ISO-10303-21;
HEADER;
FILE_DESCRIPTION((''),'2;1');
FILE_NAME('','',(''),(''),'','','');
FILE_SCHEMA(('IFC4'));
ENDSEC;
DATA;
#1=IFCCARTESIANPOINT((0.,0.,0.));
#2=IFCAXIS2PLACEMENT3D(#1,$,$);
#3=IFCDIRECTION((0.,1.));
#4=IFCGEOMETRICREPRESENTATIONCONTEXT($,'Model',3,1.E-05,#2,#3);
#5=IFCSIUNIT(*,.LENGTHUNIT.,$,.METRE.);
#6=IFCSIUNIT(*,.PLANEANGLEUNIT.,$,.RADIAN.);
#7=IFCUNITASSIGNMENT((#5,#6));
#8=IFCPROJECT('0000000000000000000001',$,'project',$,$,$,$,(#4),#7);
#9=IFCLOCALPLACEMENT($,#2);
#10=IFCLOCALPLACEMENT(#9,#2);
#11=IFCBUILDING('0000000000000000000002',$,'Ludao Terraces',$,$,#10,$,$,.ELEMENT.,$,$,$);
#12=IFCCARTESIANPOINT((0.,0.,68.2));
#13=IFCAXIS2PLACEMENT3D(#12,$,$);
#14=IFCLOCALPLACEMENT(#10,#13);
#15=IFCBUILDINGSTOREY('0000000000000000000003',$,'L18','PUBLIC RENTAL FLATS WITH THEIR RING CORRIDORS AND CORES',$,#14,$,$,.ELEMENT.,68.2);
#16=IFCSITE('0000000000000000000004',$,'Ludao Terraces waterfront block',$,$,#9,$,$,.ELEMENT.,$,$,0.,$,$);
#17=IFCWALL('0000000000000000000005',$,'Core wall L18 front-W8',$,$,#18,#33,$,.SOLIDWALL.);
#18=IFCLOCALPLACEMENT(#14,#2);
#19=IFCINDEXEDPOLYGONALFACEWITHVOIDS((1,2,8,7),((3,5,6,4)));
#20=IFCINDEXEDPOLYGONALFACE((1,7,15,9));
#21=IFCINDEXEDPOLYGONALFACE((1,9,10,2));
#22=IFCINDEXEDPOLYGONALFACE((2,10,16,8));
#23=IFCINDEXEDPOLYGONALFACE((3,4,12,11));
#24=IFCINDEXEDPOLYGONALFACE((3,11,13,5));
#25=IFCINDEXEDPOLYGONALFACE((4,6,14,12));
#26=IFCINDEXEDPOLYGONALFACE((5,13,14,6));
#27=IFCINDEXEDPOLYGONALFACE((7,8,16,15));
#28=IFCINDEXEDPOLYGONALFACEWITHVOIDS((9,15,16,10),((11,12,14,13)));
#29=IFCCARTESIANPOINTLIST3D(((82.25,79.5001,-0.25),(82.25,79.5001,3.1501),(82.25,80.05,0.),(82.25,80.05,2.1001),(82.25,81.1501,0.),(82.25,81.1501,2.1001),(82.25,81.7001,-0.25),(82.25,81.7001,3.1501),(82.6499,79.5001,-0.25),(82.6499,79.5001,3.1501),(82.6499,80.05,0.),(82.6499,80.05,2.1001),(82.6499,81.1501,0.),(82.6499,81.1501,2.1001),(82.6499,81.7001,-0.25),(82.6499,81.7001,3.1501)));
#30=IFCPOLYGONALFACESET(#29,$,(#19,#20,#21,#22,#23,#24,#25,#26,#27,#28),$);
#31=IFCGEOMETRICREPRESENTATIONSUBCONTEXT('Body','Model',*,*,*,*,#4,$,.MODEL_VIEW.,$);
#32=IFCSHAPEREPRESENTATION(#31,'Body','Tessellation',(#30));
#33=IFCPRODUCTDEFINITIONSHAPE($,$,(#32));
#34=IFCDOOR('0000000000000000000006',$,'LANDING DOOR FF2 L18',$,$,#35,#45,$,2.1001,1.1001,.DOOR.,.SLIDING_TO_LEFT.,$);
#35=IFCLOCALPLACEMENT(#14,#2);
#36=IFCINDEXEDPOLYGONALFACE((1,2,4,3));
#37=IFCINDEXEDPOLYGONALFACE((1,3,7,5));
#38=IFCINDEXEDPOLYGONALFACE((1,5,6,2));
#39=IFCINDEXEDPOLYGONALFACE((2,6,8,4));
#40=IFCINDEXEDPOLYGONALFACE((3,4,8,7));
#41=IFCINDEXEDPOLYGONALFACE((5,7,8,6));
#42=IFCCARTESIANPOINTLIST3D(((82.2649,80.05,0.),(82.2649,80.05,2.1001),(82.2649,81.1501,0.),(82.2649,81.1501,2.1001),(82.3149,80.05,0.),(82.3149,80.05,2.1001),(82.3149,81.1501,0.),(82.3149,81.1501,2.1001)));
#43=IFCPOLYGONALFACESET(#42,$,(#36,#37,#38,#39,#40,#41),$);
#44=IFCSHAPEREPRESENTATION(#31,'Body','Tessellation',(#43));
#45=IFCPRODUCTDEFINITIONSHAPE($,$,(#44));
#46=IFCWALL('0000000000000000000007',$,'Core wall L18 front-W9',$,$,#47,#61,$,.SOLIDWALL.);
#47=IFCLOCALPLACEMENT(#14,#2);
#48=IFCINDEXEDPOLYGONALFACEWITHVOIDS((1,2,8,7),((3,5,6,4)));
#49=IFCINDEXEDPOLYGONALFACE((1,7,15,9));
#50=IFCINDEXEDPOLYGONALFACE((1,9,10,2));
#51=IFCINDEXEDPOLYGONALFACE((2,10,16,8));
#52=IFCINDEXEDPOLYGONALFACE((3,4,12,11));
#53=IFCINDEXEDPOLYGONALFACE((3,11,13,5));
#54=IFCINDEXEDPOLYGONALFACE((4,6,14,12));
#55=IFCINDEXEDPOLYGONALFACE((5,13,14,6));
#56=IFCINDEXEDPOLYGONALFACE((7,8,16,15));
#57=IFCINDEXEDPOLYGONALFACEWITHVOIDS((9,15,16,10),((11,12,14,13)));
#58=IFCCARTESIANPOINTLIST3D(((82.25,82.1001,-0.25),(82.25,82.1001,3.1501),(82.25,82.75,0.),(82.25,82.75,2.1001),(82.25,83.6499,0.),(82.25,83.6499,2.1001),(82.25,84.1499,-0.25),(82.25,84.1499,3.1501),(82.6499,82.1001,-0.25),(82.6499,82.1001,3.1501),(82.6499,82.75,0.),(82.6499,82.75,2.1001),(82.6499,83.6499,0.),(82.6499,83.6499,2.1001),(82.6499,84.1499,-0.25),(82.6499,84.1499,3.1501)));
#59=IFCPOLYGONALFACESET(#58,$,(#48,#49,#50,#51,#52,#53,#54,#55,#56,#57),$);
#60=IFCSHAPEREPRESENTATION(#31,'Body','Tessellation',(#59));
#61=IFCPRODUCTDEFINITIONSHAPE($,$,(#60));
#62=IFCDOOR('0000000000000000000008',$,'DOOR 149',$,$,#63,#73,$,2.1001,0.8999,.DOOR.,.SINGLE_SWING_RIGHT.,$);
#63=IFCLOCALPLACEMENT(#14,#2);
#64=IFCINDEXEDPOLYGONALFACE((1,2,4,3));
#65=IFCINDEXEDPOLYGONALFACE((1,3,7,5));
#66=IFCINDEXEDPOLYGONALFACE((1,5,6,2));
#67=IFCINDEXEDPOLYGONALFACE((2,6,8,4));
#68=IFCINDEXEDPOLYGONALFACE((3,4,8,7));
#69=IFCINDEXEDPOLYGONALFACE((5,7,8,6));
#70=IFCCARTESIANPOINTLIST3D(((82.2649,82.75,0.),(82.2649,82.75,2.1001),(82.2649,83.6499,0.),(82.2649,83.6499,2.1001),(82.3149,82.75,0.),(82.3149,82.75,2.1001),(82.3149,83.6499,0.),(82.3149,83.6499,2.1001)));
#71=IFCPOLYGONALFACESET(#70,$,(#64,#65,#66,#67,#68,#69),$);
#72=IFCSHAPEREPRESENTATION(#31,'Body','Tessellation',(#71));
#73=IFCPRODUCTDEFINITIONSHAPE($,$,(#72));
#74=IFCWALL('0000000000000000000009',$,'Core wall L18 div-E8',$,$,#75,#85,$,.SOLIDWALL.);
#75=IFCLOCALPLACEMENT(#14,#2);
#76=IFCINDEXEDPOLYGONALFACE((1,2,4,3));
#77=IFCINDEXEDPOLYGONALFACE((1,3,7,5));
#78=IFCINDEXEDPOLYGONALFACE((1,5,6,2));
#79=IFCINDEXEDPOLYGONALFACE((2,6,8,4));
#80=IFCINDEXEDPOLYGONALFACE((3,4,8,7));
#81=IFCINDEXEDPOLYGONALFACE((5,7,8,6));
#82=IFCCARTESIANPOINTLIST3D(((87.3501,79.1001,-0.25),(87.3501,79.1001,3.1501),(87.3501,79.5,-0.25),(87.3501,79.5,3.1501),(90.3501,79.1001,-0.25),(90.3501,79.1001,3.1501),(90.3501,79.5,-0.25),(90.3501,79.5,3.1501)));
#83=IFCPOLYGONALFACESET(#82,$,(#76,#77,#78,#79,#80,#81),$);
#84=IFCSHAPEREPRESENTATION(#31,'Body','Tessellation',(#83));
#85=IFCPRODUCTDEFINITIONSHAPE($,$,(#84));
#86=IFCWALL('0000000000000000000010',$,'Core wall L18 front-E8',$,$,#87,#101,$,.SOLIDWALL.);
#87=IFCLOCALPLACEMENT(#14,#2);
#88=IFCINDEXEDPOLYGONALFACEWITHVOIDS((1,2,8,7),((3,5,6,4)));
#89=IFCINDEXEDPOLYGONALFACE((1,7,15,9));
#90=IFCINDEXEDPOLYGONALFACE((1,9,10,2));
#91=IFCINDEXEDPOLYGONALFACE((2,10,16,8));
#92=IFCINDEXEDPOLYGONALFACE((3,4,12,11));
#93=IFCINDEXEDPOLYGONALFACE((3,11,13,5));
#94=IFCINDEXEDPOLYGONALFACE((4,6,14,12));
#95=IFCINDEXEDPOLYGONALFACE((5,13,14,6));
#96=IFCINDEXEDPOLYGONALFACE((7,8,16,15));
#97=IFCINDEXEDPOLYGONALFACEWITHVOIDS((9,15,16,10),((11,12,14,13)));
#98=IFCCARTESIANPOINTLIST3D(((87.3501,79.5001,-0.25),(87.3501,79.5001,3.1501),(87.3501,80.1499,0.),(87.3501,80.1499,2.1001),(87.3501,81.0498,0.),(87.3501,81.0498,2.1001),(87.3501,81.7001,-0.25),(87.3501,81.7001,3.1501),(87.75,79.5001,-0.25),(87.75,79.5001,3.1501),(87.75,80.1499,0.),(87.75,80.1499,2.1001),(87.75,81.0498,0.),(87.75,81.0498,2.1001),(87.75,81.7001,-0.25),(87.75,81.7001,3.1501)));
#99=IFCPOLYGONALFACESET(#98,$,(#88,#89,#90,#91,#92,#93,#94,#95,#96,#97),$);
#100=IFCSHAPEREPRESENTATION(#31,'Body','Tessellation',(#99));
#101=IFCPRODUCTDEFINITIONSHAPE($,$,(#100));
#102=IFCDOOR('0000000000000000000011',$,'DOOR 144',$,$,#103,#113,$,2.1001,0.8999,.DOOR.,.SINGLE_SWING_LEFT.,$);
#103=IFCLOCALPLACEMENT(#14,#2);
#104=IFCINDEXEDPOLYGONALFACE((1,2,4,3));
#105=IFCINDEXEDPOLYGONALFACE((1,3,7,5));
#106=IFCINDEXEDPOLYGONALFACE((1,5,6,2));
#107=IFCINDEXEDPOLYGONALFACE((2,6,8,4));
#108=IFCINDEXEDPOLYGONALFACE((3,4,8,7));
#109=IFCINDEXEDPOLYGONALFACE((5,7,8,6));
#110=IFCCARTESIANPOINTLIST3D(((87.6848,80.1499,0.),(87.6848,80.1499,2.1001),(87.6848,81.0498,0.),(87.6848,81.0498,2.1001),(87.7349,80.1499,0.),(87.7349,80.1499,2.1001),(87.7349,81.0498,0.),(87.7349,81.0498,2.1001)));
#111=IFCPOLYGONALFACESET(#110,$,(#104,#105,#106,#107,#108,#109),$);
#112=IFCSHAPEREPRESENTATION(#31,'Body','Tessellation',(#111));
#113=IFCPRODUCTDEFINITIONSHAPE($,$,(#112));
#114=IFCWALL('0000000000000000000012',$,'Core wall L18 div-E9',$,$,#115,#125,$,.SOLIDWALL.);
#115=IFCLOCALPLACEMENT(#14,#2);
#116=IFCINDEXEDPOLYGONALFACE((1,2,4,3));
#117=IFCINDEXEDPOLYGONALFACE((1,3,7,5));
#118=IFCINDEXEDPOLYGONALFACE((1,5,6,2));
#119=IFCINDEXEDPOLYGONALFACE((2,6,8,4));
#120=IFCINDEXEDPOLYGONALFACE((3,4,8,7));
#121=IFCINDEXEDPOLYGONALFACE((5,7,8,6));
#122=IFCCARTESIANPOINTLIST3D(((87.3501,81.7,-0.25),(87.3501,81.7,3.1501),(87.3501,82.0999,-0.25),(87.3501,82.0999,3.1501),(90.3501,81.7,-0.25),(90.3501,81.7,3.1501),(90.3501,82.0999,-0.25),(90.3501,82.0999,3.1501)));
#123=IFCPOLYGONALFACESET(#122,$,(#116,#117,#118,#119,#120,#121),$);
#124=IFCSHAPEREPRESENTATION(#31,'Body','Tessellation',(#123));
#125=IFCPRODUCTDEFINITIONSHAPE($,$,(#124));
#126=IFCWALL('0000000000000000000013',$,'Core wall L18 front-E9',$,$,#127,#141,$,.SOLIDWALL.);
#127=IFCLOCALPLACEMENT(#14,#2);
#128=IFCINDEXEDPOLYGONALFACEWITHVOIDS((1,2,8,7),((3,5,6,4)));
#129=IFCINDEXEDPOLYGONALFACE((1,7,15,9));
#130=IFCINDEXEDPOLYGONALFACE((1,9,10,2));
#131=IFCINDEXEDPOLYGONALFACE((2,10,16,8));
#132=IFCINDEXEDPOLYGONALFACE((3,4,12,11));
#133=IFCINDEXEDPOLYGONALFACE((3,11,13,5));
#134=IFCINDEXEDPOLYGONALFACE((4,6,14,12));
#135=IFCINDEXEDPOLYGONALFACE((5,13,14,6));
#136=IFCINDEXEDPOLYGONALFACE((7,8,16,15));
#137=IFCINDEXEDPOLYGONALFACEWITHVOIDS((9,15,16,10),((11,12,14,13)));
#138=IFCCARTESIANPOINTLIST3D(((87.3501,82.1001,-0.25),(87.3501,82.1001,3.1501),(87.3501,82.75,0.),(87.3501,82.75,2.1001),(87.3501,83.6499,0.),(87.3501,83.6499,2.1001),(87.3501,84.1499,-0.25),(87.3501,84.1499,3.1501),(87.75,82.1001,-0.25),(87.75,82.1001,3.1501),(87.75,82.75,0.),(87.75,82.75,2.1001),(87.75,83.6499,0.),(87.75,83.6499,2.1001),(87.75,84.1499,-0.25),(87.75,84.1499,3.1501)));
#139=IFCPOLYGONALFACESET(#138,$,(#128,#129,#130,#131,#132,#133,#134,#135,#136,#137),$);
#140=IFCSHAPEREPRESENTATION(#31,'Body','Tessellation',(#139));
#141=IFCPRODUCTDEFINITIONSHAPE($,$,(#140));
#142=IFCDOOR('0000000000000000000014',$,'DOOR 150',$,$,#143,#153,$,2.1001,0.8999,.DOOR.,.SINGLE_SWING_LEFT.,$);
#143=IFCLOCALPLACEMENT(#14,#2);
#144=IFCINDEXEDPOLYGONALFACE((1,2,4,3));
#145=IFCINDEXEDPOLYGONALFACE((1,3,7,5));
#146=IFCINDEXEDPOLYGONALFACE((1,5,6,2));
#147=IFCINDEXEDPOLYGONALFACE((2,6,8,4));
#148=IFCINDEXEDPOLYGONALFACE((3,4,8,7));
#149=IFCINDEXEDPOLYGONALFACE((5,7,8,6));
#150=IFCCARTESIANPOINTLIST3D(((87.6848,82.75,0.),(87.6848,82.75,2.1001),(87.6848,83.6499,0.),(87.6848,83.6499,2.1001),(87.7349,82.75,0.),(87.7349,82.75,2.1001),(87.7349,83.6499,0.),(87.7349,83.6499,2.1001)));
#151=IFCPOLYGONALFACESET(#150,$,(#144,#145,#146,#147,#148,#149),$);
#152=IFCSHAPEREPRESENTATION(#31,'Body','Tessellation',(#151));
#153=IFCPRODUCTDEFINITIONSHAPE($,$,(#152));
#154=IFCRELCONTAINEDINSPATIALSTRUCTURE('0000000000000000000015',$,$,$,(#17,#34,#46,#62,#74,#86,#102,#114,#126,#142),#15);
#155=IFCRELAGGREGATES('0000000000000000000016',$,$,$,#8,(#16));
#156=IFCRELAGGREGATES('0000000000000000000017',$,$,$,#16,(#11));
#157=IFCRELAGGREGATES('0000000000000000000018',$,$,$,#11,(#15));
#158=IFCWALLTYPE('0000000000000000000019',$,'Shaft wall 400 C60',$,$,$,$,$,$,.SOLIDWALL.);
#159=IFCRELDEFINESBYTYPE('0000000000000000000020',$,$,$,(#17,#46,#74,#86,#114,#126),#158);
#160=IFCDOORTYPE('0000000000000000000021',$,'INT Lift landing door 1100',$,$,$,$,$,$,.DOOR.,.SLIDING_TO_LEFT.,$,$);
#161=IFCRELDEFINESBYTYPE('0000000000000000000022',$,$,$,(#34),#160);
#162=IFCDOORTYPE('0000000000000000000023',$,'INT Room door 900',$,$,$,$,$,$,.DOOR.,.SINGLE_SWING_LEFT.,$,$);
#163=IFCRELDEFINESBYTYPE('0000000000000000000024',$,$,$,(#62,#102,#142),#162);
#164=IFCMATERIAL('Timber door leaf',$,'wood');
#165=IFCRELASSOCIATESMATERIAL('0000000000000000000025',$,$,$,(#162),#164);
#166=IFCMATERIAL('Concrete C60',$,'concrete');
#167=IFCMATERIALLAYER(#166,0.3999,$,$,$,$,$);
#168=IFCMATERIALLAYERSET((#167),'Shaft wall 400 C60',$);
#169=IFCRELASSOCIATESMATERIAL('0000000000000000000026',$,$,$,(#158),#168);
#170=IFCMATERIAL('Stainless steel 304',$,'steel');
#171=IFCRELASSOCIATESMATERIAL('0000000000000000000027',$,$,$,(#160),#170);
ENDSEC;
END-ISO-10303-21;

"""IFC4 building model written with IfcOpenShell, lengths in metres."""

from ifc_helpers import new_model, si_unit, direction, frame, frame_2d, origin, place, context, subcontext, project, spatial, rectangle, extrude, material, layer, layer_set, type_object, element, fill, save


model = new_model("IFC4")

# Units and contexts
model_context = context("Model", 3, precision=1e-05, world=origin(), true_north=direction((0.0, 1.0)))
body_context = subcontext(model_context, "Body", "Model", "MODEL_VIEW")
ifc_project = project(units=[si_unit("LENGTHUNIT", "METRE"), si_unit("PLANEANGLEUNIT", "RADIAN")], contexts=[model_context])

# Site, building, storey
site_placement = place(None, origin())
site = spatial("IfcSite", under=ifc_project, at=site_placement, Name="Ludao Terraces waterfront block", CompositionType="ELEMENT", RefElevation=0.0)
building_placement = place(site_placement, origin())
building = spatial("IfcBuilding", under=site, at=building_placement, Name="Ludao Terraces", CompositionType="ELEMENT")
storey_placement = place(building_placement, frame((0.0, 0.0, 68.2)))
storey = spatial("IfcBuildingStorey", under=building, at=storey_placement, Name="L18", Description="PUBLIC RENTAL FLATS WITH THEIR RING CORRIDORS AND CORES", CompositionType="ELEMENT", Elevation=68.2)

# Shared definitions
ifc_material_1 = material(Name="Timber door leaf", Category="wood")
door_type_1 = type_object("IfcDoorType", Name="INT Room door 900", OperationType="SINGLE_SWING_LEFT", PredefinedType="DOOR", material=ifc_material_1)

# Walls, openings, doors
ifc_material_2 = material(Name="Concrete C60", Category="concrete")
ifc_layer_1 = layer(ifc_material_2, 0.3999)
ifc_layer_set_1 = layer_set([ifc_layer_1], Name="Shaft wall 400 C60")
wall_type_1 = type_object("IfcWallType", Name="Shaft wall 400 C60", PredefinedType="SOLIDWALL", material=ifc_layer_set_1)
wall_1_placement = place(storey_placement, frame((82.45, 79.5, -0.25), z_axis=(0.0, 0.0, 1.0), x_axis=(0.0, 1.0, 0.0)))
wall_1 = element("IfcWall", 1, at=wall_1_placement, inside=storey, type_object=wall_type_1, Name="Core wall L18 front-W8", PredefinedType="SOLIDWALL", context=body_context, shape_type="SweptSolid", body=[
    extrude(rectangle(XDim=2.2, YDim=0.3999, at=frame_2d((1.1001, 0.0))), origin(), (0.0, 0.0, 1.0), 3.4001),
])
opening_1_placement = place(wall_1_placement, frame((0.55, 0.0, 0.25)))
opening_1 = element("IfcOpeningElement", 2, at=opening_1_placement, cuts=wall_1, PredefinedType="OPENING", context=body_context, shape_type="SweptSolid", body=[
    extrude(rectangle(XDim=1.1001, YDim=2.1001, at=frame_2d((0.55, 1.05))), frame((0.0, 0.21, 0.0), z_axis=(0.0, -1.0, 0.0), x_axis=(1.0, 0.0, 0.0)), (0.0, 0.0, 1.0), 0.4199),
])
ifc_material_3 = material(Name="Stainless steel 304", Category="steel")
door_type_2 = type_object("IfcDoorType", Name="INT Lift landing door 1100", OperationType="SLIDING_TO_LEFT", PredefinedType="DOOR", material=ifc_material_3)
door_1_placement = place(opening_1_placement, origin())
door_1 = element("IfcDoor", 3, at=door_1_placement, inside=storey, type_object=door_type_2, Name="LANDING DOOR FF2 L18", OperationType="SLIDING_TO_LEFT", OverallHeight=2.1001, OverallWidth=1.1001, PredefinedType="DOOR", context=body_context, shape_type="SweptSolid", body=[
    extrude(rectangle(XDim=1.1001, YDim=2.1001, at=frame_2d((0.55, 1.05))), frame((0.0, 0.1851, 0.0), z_axis=(0.0, -1.0, 0.0), x_axis=(1.0, 0.0, 0.0)), (0.0, 0.0, 1.0), 0.05),
])
fill(opening_1, door_1)
wall_2_placement = place(storey_placement, frame((82.45, 82.1001, -0.25), z_axis=(0.0, 0.0, 1.0), x_axis=(0.0, 1.0, 0.0)))
wall_2 = element("IfcWall", 4, at=wall_2_placement, inside=storey, type_object=wall_type_1, Name="Core wall L18 front-W9", PredefinedType="SOLIDWALL", context=body_context, shape_type="SweptSolid", body=[
    extrude(rectangle(XDim=2.0498, YDim=0.3999, at=frame_2d((1.0249, 0.0))), origin(), (0.0, 0.0, 1.0), 3.4001),
])
opening_2_placement = place(wall_2_placement, frame((0.6499, 0.0, 0.25)))
opening_2 = element("IfcOpeningElement", 5, at=opening_2_placement, cuts=wall_2, PredefinedType="OPENING", context=body_context, shape_type="SweptSolid", body=[
    extrude(rectangle(XDim=0.8999, YDim=2.1001, at=frame_2d((0.45, 1.05))), frame((0.0, 0.21, 0.0), z_axis=(0.0, -1.0, 0.0), x_axis=(1.0, 0.0, 0.0)), (0.0, 0.0, 1.0), 0.4199),
])
door_2_placement = place(opening_2_placement, origin())
door_2 = element("IfcDoor", 6, at=door_2_placement, inside=storey, type_object=door_type_1, Name="DOOR 149", OperationType="SINGLE_SWING_RIGHT", OverallHeight=2.1001, OverallWidth=0.8999, PredefinedType="DOOR", context=body_context, shape_type="SweptSolid", body=[
    extrude(rectangle(XDim=0.8999, YDim=2.1001, at=frame_2d((0.45, 1.05))), frame((0.0, 0.1851, 0.0), z_axis=(0.0, -1.0, 0.0), x_axis=(1.0, 0.0, 0.0)), (0.0, 0.0, 1.0), 0.05),
])
fill(opening_2, door_2)

# Wall
wall_3_placement = place(storey_placement, frame((87.3501, 79.3, -0.25), z_axis=(0.0, 0.0, 1.0), x_axis=(1.0, 0.0, 0.0)))
element("IfcWall", 7, at=wall_3_placement, inside=storey, type_object=wall_type_1, Name="Core wall L18 div-E8", PredefinedType="SOLIDWALL", context=body_context, shape_type="SweptSolid", body=[
    extrude(rectangle(XDim=3.0, YDim=0.3999, at=frame_2d((1.5, 0.0))), origin(), (0.0, 0.0, 1.0), 3.4001),
])

# Wall, opening, door
wall_4_placement = place(storey_placement, frame((87.55, 79.5, -0.25), z_axis=(0.0, 0.0, 1.0), x_axis=(0.0, 1.0, 0.0)))
wall_4 = element("IfcWall", 8, at=wall_4_placement, inside=storey, type_object=wall_type_1, Name="Core wall L18 front-E8", PredefinedType="SOLIDWALL", context=body_context, shape_type="SweptSolid", body=[
    extrude(rectangle(XDim=2.2, YDim=0.3999, at=frame_2d((1.1001, 0.0))), origin(), (0.0, 0.0, 1.0), 3.4001),
])
opening_3_placement = place(wall_4_placement, frame((0.6499, 0.0, 0.25)))
opening_3 = element("IfcOpeningElement", 9, at=opening_3_placement, cuts=wall_4, PredefinedType="OPENING", context=body_context, shape_type="SweptSolid", body=[
    extrude(rectangle(XDim=0.8999, YDim=2.1001, at=frame_2d((0.45, 1.05))), frame((0.0, 0.21, 0.0), z_axis=(0.0, -1.0, 0.0), x_axis=(1.0, 0.0, 0.0)), (0.0, 0.0, 1.0), 0.4199),
])
door_3_placement = place(opening_3_placement, origin())
door_3 = element("IfcDoor", 10, at=door_3_placement, inside=storey, type_object=door_type_1, Name="DOOR 144", OperationType="SINGLE_SWING_LEFT", OverallHeight=2.1001, OverallWidth=0.8999, PredefinedType="DOOR", context=body_context, shape_type="SweptSolid", body=[
    extrude(rectangle(XDim=0.8999, YDim=2.1001, at=frame_2d((0.45, 1.05))), frame((0.0, -0.1348, 0.0), z_axis=(0.0, -1.0, 0.0), x_axis=(1.0, 0.0, 0.0)), (0.0, 0.0, 1.0), 0.05),
])
fill(opening_3, door_3)

# Wall
wall_5_placement = place(storey_placement, frame((87.3501, 81.8999, -0.25), z_axis=(0.0, 0.0, 1.0), x_axis=(1.0, 0.0, 0.0)))
element("IfcWall", 11, at=wall_5_placement, inside=storey, type_object=wall_type_1, Name="Core wall L18 div-E9", PredefinedType="SOLIDWALL", context=body_context, shape_type="SweptSolid", body=[
    extrude(rectangle(XDim=3.0, YDim=0.3999, at=frame_2d((1.5, 0.0))), origin(), (0.0, 0.0, 1.0), 3.4001),
])

# Wall, opening, door
wall_6_placement = place(storey_placement, frame((87.55, 82.1001, -0.25), z_axis=(0.0, 0.0, 1.0), x_axis=(0.0, 1.0, 0.0)))
wall_6 = element("IfcWall", 12, at=wall_6_placement, inside=storey, type_object=wall_type_1, Name="Core wall L18 front-E9", PredefinedType="SOLIDWALL", context=body_context, shape_type="SweptSolid", body=[
    extrude(rectangle(XDim=2.0498, YDim=0.3999, at=frame_2d((1.0249, 0.0))), origin(), (0.0, 0.0, 1.0), 3.4001),
])
opening_4_placement = place(wall_6_placement, frame((0.6499, 0.0, 0.25)))
opening_4 = element("IfcOpeningElement", 13, at=opening_4_placement, cuts=wall_6, PredefinedType="OPENING", context=body_context, shape_type="SweptSolid", body=[
    extrude(rectangle(XDim=0.8999, YDim=2.1001, at=frame_2d((0.45, 1.05))), frame((0.0, 0.21, 0.0), z_axis=(0.0, -1.0, 0.0), x_axis=(1.0, 0.0, 0.0)), (0.0, 0.0, 1.0), 0.4199),
])
door_4_placement = place(opening_4_placement, origin())
door_4 = element("IfcDoor", 14, at=door_4_placement, inside=storey, type_object=door_type_1, Name="DOOR 150", OperationType="SINGLE_SWING_LEFT", OverallHeight=2.1001, OverallWidth=0.8999, PredefinedType="DOOR", context=body_context, shape_type="SweptSolid", body=[
    extrude(rectangle(XDim=0.8999, YDim=2.1001, at=frame_2d((0.45, 1.05))), frame((0.0, -0.1348, 0.0), z_axis=(0.0, -1.0, 0.0), x_axis=(1.0, 0.0, 0.0)), (0.0, 0.0, 1.0), 0.05),
])
fill(opening_4, door_4)

save(model, "model.ifc")
